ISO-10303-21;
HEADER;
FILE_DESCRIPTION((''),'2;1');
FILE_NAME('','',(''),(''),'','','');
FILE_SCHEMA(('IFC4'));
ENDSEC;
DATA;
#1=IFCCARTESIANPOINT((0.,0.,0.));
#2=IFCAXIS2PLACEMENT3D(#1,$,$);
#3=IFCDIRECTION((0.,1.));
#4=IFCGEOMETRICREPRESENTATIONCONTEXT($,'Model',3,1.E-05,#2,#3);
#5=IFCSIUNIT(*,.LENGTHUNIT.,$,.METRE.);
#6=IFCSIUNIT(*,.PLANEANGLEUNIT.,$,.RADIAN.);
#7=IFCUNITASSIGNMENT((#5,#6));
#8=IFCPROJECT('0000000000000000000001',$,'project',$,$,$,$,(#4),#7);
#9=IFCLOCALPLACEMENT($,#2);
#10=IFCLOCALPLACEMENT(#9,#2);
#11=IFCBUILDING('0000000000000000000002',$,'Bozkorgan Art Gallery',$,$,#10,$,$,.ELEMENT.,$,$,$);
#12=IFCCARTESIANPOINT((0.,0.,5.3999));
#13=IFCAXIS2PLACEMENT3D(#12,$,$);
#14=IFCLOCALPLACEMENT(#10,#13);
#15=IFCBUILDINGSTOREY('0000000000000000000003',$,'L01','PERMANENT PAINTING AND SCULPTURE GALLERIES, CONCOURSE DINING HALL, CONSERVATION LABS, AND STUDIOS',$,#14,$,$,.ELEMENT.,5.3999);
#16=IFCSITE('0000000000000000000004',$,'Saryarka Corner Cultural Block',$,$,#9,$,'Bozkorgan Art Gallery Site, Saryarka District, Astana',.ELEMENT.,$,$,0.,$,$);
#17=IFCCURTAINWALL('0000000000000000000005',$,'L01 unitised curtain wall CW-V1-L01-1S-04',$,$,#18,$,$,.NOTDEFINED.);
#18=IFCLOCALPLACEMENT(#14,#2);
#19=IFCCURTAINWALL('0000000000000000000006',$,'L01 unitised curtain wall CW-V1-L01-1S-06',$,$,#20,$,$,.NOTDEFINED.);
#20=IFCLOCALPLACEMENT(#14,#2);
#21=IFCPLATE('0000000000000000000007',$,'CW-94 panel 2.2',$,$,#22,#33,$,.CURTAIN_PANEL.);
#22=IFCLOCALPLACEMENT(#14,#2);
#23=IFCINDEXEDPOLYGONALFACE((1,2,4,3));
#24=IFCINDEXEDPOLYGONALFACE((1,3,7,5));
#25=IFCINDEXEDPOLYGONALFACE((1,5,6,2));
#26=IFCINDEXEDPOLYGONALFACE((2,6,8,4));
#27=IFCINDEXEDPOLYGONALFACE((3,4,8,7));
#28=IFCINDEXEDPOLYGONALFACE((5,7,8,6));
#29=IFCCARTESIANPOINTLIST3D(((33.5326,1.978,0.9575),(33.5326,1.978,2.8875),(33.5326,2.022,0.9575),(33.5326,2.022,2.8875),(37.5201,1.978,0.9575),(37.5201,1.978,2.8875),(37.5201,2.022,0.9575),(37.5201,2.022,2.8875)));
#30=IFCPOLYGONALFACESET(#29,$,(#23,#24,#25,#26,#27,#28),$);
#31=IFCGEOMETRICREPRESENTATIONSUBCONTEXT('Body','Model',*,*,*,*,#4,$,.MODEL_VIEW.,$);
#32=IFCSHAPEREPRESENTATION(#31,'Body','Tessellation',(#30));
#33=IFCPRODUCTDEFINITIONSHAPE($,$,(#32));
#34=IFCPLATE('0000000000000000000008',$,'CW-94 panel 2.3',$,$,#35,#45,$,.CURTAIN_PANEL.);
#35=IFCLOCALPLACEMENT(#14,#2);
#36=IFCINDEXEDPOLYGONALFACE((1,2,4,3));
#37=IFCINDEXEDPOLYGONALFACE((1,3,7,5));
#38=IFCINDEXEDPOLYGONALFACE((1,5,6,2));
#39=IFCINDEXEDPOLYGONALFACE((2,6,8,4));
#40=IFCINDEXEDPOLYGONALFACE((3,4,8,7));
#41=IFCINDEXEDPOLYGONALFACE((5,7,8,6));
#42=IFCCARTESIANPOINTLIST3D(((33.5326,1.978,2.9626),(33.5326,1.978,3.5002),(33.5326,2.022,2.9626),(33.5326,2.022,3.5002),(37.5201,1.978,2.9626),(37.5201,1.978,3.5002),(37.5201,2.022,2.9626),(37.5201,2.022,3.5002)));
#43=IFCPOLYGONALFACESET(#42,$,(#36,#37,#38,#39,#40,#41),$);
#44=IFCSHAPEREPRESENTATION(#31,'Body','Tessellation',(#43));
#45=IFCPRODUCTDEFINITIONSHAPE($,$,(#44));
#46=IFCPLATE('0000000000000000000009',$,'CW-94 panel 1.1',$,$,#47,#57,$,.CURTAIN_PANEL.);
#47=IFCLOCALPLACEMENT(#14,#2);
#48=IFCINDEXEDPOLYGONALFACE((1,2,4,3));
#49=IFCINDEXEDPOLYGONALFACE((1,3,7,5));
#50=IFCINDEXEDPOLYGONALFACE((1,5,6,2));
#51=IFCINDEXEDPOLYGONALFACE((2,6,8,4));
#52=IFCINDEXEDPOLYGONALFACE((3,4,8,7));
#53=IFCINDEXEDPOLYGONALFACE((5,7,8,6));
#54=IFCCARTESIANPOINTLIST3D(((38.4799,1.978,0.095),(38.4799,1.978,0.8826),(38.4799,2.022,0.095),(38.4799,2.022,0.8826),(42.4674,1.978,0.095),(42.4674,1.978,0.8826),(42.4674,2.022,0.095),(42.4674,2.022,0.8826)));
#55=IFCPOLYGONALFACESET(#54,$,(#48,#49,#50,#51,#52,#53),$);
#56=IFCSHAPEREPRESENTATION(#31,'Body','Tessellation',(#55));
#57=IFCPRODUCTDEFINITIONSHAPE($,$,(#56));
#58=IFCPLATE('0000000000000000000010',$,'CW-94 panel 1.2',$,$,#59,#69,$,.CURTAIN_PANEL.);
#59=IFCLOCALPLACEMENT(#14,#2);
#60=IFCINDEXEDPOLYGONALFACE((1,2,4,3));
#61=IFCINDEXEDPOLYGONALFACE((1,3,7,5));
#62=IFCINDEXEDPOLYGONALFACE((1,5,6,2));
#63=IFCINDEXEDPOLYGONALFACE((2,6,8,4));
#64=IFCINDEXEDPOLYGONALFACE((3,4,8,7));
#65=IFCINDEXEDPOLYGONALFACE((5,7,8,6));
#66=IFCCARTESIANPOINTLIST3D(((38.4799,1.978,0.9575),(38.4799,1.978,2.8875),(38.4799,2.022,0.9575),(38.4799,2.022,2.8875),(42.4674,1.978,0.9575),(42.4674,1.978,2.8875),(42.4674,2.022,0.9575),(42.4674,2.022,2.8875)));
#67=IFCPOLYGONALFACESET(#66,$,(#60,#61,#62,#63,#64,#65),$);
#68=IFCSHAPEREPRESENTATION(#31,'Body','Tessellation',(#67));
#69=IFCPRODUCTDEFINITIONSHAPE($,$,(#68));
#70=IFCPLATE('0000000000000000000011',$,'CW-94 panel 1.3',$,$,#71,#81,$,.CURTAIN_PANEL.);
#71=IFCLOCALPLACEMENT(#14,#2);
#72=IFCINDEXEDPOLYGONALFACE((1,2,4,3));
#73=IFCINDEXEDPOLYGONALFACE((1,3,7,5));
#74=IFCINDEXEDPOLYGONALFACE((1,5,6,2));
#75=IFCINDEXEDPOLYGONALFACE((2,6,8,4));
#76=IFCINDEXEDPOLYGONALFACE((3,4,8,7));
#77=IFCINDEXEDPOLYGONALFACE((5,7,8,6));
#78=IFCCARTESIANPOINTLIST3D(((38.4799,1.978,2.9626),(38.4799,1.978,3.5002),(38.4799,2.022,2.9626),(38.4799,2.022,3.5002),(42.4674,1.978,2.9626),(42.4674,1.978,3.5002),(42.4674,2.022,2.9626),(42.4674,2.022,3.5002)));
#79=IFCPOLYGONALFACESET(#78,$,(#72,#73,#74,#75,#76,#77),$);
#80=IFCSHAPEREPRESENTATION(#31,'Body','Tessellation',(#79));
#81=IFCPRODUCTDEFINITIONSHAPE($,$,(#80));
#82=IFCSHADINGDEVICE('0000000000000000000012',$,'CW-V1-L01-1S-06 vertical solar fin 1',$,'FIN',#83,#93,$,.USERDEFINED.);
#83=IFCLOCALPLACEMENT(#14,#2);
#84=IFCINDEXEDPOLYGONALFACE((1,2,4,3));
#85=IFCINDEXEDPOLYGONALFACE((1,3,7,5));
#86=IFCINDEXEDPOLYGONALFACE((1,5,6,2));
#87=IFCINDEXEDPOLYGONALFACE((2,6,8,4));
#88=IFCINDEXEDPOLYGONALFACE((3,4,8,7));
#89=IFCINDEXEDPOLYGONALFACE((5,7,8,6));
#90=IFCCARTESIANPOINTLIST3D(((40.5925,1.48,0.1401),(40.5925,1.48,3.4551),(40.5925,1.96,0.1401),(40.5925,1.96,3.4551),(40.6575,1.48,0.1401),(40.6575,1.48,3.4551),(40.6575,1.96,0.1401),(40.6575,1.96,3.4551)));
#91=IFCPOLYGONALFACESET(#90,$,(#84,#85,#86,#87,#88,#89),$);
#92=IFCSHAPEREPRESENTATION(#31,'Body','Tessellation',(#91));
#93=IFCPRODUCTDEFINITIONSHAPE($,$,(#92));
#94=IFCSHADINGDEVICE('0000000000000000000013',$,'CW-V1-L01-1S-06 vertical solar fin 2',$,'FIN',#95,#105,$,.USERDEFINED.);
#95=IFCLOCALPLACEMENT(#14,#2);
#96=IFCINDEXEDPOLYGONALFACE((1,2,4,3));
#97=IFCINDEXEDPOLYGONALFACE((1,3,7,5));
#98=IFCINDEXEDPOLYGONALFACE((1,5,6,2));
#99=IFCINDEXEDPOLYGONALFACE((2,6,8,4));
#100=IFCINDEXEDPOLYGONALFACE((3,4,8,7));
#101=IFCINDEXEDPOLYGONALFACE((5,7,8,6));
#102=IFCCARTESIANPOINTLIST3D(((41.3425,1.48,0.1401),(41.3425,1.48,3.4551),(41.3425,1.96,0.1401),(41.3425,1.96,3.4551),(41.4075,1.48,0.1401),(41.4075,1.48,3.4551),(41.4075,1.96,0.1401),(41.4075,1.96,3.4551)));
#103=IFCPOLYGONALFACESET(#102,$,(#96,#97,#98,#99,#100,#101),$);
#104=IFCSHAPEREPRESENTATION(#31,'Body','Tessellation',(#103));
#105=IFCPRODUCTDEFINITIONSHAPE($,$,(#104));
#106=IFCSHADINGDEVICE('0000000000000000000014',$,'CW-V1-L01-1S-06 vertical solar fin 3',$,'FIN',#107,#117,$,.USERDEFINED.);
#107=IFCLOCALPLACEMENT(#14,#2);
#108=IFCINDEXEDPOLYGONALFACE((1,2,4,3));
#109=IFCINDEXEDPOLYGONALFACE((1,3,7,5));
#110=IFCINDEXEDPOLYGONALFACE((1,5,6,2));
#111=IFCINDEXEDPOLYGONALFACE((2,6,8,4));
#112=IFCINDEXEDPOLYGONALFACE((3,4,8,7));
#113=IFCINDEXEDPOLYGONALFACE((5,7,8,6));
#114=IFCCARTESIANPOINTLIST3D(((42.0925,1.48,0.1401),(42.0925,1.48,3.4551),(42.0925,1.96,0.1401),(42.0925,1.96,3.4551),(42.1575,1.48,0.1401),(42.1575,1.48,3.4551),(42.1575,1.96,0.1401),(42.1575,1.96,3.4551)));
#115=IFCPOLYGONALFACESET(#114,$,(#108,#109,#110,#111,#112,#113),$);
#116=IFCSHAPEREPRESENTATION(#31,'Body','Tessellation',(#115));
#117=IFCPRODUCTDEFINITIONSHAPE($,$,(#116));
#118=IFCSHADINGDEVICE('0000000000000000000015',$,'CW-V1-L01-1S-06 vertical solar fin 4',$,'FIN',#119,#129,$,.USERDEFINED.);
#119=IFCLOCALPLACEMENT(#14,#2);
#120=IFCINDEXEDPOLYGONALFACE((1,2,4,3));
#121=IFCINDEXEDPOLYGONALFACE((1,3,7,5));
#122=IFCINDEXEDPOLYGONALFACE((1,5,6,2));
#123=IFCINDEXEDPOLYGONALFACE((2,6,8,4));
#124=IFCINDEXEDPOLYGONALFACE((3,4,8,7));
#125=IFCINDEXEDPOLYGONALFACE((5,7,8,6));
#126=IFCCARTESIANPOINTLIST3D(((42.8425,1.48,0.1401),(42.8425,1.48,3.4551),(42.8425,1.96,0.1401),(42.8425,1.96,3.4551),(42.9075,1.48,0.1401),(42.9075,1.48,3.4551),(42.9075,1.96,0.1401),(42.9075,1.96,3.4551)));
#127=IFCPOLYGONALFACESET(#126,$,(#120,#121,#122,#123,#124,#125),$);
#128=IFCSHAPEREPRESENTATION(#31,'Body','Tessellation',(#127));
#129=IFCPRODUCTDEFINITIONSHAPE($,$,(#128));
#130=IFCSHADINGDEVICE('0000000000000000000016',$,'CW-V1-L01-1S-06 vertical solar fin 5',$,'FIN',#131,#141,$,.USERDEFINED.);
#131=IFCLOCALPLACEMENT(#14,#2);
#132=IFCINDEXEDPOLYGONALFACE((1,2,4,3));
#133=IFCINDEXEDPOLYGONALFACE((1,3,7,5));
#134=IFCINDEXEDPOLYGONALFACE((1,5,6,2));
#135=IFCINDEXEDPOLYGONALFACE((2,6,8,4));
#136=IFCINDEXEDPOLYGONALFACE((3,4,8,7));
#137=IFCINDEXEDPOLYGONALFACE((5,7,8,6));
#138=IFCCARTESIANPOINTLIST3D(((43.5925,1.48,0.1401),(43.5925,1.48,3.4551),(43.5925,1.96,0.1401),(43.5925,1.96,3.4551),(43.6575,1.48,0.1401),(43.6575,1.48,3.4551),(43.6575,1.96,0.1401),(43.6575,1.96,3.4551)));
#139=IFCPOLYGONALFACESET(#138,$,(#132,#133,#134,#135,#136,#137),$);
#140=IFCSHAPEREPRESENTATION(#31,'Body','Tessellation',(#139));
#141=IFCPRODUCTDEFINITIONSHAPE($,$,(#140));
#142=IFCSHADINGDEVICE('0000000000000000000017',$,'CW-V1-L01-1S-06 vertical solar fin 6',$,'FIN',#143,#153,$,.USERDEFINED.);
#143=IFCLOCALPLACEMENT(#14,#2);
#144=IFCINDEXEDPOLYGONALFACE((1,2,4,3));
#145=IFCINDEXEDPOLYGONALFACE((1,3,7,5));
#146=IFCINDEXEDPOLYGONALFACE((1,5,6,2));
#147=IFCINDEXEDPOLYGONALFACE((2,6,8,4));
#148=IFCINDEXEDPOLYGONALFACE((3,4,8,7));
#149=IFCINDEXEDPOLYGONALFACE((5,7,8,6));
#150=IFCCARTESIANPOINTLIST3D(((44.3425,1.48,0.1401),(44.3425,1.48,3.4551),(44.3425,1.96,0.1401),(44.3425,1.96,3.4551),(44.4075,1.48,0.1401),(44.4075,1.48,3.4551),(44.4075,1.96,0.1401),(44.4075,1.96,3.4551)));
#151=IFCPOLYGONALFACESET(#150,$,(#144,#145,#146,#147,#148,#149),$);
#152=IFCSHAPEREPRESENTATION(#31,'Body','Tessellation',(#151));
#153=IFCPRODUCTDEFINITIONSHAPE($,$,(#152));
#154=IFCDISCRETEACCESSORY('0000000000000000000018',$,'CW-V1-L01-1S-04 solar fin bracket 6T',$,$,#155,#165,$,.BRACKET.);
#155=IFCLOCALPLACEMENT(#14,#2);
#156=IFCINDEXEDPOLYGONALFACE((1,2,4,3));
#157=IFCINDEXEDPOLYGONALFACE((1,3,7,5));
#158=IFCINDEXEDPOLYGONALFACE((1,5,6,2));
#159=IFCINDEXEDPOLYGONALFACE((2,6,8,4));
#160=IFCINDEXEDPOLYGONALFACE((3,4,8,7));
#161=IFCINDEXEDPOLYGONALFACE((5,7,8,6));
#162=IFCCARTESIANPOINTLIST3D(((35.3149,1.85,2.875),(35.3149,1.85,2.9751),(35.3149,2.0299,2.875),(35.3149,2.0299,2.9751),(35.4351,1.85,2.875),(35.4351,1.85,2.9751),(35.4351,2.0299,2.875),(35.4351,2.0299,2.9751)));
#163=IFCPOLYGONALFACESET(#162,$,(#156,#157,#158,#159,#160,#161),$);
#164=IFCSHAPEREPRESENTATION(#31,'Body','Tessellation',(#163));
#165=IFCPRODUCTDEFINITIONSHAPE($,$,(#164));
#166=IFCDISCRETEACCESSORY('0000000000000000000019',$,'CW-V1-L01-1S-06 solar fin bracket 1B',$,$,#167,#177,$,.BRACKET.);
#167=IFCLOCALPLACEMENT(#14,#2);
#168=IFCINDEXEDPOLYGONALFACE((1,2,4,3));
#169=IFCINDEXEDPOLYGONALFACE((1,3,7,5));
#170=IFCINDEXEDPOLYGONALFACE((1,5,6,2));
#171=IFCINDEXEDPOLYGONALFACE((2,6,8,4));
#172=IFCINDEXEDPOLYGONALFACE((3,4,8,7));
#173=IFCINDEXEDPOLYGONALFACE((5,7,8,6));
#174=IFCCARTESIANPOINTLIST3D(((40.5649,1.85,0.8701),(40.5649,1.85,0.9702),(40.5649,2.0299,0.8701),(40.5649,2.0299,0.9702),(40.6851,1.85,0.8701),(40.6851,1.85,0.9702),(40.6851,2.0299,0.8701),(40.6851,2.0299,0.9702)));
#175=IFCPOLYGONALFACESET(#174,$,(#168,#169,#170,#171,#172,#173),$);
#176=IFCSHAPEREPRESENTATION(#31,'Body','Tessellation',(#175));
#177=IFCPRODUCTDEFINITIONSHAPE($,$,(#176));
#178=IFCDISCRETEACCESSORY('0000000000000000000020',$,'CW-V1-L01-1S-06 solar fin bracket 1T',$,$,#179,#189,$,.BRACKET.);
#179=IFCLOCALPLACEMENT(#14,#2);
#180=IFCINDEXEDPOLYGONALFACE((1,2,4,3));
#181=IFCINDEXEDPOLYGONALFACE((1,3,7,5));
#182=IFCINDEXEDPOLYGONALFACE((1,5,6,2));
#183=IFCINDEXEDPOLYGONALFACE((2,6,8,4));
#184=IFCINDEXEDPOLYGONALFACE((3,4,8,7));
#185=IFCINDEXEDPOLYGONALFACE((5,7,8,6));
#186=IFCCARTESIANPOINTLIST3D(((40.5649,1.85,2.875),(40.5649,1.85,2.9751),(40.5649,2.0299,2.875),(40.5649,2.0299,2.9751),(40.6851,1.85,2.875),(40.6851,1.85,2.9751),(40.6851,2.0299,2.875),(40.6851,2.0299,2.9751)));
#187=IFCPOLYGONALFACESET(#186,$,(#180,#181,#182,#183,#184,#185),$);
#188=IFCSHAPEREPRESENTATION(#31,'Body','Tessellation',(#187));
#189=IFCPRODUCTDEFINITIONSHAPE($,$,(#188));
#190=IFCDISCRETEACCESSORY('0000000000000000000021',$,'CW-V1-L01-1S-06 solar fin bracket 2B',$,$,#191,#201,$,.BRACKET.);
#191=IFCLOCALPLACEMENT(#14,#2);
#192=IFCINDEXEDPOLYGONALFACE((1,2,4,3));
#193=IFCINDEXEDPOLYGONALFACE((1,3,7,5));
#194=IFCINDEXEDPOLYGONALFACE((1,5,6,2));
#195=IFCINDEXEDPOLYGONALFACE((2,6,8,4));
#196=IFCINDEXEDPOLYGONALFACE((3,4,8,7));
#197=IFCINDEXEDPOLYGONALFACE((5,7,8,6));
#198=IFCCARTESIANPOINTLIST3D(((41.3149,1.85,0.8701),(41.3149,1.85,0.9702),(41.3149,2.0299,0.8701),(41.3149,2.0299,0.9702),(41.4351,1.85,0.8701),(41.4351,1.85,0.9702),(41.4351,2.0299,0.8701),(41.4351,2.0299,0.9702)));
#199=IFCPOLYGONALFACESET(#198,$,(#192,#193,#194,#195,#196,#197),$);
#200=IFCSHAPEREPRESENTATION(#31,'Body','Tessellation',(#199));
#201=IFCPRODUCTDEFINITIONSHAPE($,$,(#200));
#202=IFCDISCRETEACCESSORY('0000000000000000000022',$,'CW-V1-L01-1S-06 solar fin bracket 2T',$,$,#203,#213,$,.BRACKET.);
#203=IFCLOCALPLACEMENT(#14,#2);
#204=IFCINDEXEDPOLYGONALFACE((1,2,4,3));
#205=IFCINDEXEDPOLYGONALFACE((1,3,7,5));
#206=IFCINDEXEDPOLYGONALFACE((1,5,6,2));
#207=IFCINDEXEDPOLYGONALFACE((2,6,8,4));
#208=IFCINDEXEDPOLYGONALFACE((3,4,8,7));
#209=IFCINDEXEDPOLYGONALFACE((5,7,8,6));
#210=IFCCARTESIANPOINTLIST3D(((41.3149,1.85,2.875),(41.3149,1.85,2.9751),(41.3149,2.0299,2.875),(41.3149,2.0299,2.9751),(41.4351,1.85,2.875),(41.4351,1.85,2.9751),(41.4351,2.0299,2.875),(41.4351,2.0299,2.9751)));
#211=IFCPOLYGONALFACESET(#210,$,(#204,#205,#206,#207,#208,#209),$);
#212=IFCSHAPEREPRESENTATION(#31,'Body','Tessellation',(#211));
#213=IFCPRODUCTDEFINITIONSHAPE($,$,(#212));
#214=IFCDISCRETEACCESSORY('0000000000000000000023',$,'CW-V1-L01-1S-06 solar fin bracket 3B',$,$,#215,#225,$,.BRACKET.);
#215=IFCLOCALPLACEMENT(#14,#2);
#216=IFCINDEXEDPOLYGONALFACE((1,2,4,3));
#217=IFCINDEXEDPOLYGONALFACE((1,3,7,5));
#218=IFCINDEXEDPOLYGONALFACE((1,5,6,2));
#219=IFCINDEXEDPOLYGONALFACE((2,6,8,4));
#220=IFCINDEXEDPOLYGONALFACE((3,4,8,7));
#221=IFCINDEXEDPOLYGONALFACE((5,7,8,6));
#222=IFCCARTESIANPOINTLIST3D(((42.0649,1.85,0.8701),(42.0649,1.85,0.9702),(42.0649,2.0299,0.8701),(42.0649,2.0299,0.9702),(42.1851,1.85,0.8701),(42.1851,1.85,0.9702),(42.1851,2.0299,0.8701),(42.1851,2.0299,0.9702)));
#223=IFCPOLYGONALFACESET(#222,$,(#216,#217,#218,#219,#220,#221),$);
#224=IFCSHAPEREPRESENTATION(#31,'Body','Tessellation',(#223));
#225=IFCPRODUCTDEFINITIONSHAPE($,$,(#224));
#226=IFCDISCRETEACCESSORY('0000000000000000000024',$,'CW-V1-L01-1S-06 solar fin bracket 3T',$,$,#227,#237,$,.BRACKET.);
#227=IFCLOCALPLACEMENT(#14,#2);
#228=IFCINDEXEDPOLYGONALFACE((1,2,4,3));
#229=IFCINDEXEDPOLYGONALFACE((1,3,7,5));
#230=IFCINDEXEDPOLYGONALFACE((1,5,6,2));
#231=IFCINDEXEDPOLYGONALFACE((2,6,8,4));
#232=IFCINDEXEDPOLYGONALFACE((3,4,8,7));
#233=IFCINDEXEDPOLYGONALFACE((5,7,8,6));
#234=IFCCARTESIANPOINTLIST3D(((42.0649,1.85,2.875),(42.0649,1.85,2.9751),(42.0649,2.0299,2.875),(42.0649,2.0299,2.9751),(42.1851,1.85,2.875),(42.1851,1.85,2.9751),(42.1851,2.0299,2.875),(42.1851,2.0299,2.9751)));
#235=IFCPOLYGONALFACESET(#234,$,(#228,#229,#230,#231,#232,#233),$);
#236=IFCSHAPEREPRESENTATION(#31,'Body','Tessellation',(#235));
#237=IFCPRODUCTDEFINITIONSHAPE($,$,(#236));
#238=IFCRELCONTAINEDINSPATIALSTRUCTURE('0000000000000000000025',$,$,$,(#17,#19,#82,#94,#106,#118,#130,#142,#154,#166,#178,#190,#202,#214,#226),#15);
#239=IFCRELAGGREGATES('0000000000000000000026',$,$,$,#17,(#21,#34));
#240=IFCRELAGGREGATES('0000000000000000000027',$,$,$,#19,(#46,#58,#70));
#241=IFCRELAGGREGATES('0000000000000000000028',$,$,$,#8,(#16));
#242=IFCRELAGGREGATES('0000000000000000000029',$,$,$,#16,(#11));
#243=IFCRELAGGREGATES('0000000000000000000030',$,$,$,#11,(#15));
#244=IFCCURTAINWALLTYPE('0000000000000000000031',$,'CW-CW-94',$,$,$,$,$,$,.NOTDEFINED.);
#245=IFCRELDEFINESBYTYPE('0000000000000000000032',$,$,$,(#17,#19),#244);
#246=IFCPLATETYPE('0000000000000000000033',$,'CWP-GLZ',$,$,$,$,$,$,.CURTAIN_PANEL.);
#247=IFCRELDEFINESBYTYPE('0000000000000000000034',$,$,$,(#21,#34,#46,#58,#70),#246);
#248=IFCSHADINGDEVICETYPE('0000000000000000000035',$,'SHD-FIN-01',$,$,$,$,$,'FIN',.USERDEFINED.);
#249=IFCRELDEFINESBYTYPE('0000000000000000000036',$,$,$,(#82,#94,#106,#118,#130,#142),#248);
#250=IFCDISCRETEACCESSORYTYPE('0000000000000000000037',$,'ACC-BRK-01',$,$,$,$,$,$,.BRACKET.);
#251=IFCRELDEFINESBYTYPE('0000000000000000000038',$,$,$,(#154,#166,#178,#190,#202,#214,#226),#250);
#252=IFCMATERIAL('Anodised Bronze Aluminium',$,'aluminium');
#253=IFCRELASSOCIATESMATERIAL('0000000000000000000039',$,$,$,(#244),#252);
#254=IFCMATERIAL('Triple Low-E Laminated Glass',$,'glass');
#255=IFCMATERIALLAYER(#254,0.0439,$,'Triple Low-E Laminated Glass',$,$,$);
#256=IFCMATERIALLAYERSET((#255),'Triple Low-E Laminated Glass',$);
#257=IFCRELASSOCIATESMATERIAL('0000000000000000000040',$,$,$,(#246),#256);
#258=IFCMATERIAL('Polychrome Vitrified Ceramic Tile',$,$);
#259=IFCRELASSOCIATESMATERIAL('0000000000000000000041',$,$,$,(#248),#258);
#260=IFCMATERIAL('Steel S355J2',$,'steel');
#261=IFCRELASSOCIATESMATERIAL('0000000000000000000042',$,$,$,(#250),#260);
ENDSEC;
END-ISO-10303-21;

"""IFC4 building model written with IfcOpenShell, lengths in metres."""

from ifc_helpers import new_model, si_unit, direction, frame, origin, origin_2d, place, context, subcontext, project, spatial, rectangle, extrude, material, layer, layer_set, type_object, element, aggregate, save


model = new_model("IFC4")

# Units and contexts
model_context = context("Model", 3, precision=1e-05, world=origin(), true_north=direction((0.0, 1.0)))
body_context = subcontext(model_context, "Body", "Model", "MODEL_VIEW")
ifc_project = project(units=[si_unit("LENGTHUNIT", "METRE"), si_unit("PLANEANGLEUNIT", "RADIAN")], contexts=[model_context])

# Site, building, storey
site_placement = place(None, origin())
site = spatial("IfcSite", under=ifc_project, at=site_placement, Name="Saryarka Corner Cultural Block", LongName="Bozkorgan Art Gallery Site, Saryarka District, Astana", CompositionType="ELEMENT", RefElevation=0.0)
building_placement = place(site_placement, origin())
building = spatial("IfcBuilding", under=site, at=building_placement, Name="Bozkorgan Art Gallery", CompositionType="ELEMENT")
storey_placement = place(building_placement, frame((0.0, 0.0, 5.3999)))
storey = spatial("IfcBuildingStorey", under=building, at=storey_placement, Name="L01", Description="PERMANENT PAINTING AND SCULPTURE GALLERIES, CONCOURSE DINING HALL, CONSERVATION LABS, AND STUDIOS", CompositionType="ELEMENT", Elevation=5.3999)

# Curtain wall
ifc_material_1 = material(Name="Anodised Bronze Aluminium", Category="aluminium")
curtain_wall_type = type_object("IfcCurtainWallType", Name="CW-CW-94", PredefinedType="NOTDEFINED", material=ifc_material_1)
curtain_wall_1_placement = place(storey_placement, origin())
curtain_wall_1 = element("IfcCurtainWall", 1, at=curtain_wall_1_placement, inside=storey, type_object=curtain_wall_type, Name="L01 unitised curtain wall CW-V1-L01-1S-04", PredefinedType="NOTDEFINED")

# Curtain wall
curtain_wall_2_placement = place(storey_placement, origin())
curtain_wall_2 = element("IfcCurtainWall", 2, at=curtain_wall_2_placement, inside=storey, type_object=curtain_wall_type, Name="L01 unitised curtain wall CW-V1-L01-1S-06", PredefinedType="NOTDEFINED")

# Plates
ifc_material_2 = material(Name="Triple Low-E Laminated Glass", Category="glass")
ifc_layer = layer(ifc_material_2, 0.0439, Name="Triple Low-E Laminated Glass")
ifc_layer_set = layer_set([ifc_layer], Name="Triple Low-E Laminated Glass")
plate_type = type_object("IfcPlateType", Name="CWP-GLZ", PredefinedType="CURTAIN_PANEL", material=ifc_layer_set)
plate_1_placement = place(storey_placement, frame((35.5264, 2.0, 0.9575), z_axis=(0.0, 0.0, 1.0), x_axis=(1.0, 0.0, 0.0)))
plate_1 = element("IfcPlate", 3, at=plate_1_placement, type_object=plate_type, Name="CW-94 panel 2.2", PredefinedType="CURTAIN_PANEL", context=body_context, shape_type="SweptSolid", body=[
    extrude(rectangle(XDim=3.9875, YDim=0.0439, at=origin_2d()), origin(), (0.0, 0.0, 1.0), 1.9299),
])
plate_2_placement = place(storey_placement, frame((35.5264, 2.0, 2.9626), z_axis=(0.0, 0.0, 1.0), x_axis=(1.0, 0.0, 0.0)))
plate_2 = element("IfcPlate", 4, at=plate_2_placement, type_object=plate_type, Name="CW-94 panel 2.3", PredefinedType="CURTAIN_PANEL", context=body_context, shape_type="SweptSolid", body=[
    extrude(rectangle(XDim=3.9875, YDim=0.0439, at=origin_2d()), origin(), (0.0, 0.0, 1.0), 0.5376),
])
aggregate(curtain_wall_1, [plate_1, plate_2])
plate_3_placement = place(storey_placement, frame((40.4736, 2.0, 0.095), z_axis=(0.0, 0.0, 1.0), x_axis=(1.0, 0.0, 0.0)))
plate_3 = element("IfcPlate", 5, at=plate_3_placement, type_object=plate_type, Name="CW-94 panel 1.1", PredefinedType="CURTAIN_PANEL", context=body_context, shape_type="SweptSolid", body=[
    extrude(rectangle(XDim=3.9875, YDim=0.0439, at=origin_2d()), origin(), (0.0, 0.0, 1.0), 0.7876),
])
plate_4_placement = place(storey_placement, frame((40.4736, 2.0, 0.9575), z_axis=(0.0, 0.0, 1.0), x_axis=(1.0, 0.0, 0.0)))
plate_4 = element("IfcPlate", 6, at=plate_4_placement, type_object=plate_type, Name="CW-94 panel 1.2", PredefinedType="CURTAIN_PANEL", context=body_context, shape_type="SweptSolid", body=[
    extrude(rectangle(XDim=3.9875, YDim=0.0439, at=origin_2d()), origin(), (0.0, 0.0, 1.0), 1.9299),
])
plate_5_placement = place(storey_placement, frame((40.4736, 2.0, 2.9626), z_axis=(0.0, 0.0, 1.0), x_axis=(1.0, 0.0, 0.0)))
plate_5 = element("IfcPlate", 7, at=plate_5_placement, type_object=plate_type, Name="CW-94 panel 1.3", PredefinedType="CURTAIN_PANEL", context=body_context, shape_type="SweptSolid", body=[
    extrude(rectangle(XDim=3.9875, YDim=0.0439, at=origin_2d()), origin(), (0.0, 0.0, 1.0), 0.5376),
])
aggregate(curtain_wall_2, [plate_3, plate_4, plate_5])

# Shading devices
ifc_material_3 = material(Name="Polychrome Vitrified Ceramic Tile")
shading_device_type = type_object("IfcShadingDeviceType", Name="SHD-FIN-01", ElementType="FIN", PredefinedType="USERDEFINED", material=ifc_material_3)
for number, where, z_axis, x_axis, name in (
    (8, (40.625, 1.72, 0.1401), (0.0, 0.0, 1.0), (0.0, -1.0, 0.0), "CW-V1-L01-1S-06 vertical solar fin 1"),
    (9, (41.375, 1.72, 0.1401), (0.0, 0.0, 1.0), (0.0, -1.0, 0.0), "CW-V1-L01-1S-06 vertical solar fin 2"),
    (10, (42.125, 1.72, 0.1401), (0.0, 0.0, 1.0), (0.0, -1.0, 0.0), "CW-V1-L01-1S-06 vertical solar fin 3"),
    (11, (42.875, 1.72, 0.1401), (0.0, 0.0, 1.0), (0.0, -1.0, 0.0), "CW-V1-L01-1S-06 vertical solar fin 4"),
    (12, (43.625, 1.72, 0.1401), (0.0, 0.0, 1.0), (0.0, -1.0, 0.0), "CW-V1-L01-1S-06 vertical solar fin 5"),
    (13, (44.375, 1.72, 0.1401), (0.0, 0.0, 1.0), (0.0, -1.0, 0.0), "CW-V1-L01-1S-06 vertical solar fin 6"),
):
    element("IfcShadingDevice", number, at=place(storey_placement, frame(where, z_axis=z_axis, x_axis=x_axis)), inside=storey, type_object=shading_device_type, Name=name, ObjectType="FIN", PredefinedType="USERDEFINED", context=body_context, shape_type="SweptSolid", body=[
        extrude(rectangle(XDim=0.48, YDim=0.0649, at=origin_2d()), origin(), (0.0, 0.0, 1.0), 3.3149),
    ])

# Discrete accessories
ifc_material_4 = material(Name="Steel S355J2", Category="steel")
discrete_accessory_type = type_object("IfcDiscreteAccessoryType", Name="ACC-BRK-01", PredefinedType="BRACKET", material=ifc_material_4)
for number, where, z_axis, x_axis, name in (
    (14, (35.375, 1.9399, 2.875), (0.0, 0.0, 1.0), (0.0, -1.0, 0.0), "CW-V1-L01-1S-04 solar fin bracket 6T"),
    (15, (40.625, 1.9399, 0.8701), (0.0, 0.0, 1.0), (0.0, -1.0, 0.0), "CW-V1-L01-1S-06 solar fin bracket 1B"),
    (16, (40.625, 1.9399, 2.875), (0.0, 0.0, 1.0), (0.0, -1.0, 0.0), "CW-V1-L01-1S-06 solar fin bracket 1T"),
    (17, (41.375, 1.9399, 0.8701), (0.0, 0.0, 1.0), (0.0, -1.0, 0.0), "CW-V1-L01-1S-06 solar fin bracket 2B"),
    (18, (41.375, 1.9399, 2.875), (0.0, 0.0, 1.0), (0.0, -1.0, 0.0), "CW-V1-L01-1S-06 solar fin bracket 2T"),
    (19, (42.125, 1.9399, 0.8701), (0.0, 0.0, 1.0), (0.0, -1.0, 0.0), "CW-V1-L01-1S-06 solar fin bracket 3B"),
    (20, (42.125, 1.9399, 2.875), (0.0, 0.0, 1.0), (0.0, -1.0, 0.0), "CW-V1-L01-1S-06 solar fin bracket 3T"),
):
    element("IfcDiscreteAccessory", number, at=place(storey_placement, frame(where, z_axis=z_axis, x_axis=x_axis)), inside=storey, type_object=discrete_accessory_type, Name=name, PredefinedType="BRACKET", context=body_context, shape_type="SweptSolid", body=[
        extrude(rectangle(XDim=0.1799, YDim=0.1201, at=origin_2d()), origin(), (0.0, 0.0, 1.0), 0.1001),
    ])

save(model, "model.ifc")
